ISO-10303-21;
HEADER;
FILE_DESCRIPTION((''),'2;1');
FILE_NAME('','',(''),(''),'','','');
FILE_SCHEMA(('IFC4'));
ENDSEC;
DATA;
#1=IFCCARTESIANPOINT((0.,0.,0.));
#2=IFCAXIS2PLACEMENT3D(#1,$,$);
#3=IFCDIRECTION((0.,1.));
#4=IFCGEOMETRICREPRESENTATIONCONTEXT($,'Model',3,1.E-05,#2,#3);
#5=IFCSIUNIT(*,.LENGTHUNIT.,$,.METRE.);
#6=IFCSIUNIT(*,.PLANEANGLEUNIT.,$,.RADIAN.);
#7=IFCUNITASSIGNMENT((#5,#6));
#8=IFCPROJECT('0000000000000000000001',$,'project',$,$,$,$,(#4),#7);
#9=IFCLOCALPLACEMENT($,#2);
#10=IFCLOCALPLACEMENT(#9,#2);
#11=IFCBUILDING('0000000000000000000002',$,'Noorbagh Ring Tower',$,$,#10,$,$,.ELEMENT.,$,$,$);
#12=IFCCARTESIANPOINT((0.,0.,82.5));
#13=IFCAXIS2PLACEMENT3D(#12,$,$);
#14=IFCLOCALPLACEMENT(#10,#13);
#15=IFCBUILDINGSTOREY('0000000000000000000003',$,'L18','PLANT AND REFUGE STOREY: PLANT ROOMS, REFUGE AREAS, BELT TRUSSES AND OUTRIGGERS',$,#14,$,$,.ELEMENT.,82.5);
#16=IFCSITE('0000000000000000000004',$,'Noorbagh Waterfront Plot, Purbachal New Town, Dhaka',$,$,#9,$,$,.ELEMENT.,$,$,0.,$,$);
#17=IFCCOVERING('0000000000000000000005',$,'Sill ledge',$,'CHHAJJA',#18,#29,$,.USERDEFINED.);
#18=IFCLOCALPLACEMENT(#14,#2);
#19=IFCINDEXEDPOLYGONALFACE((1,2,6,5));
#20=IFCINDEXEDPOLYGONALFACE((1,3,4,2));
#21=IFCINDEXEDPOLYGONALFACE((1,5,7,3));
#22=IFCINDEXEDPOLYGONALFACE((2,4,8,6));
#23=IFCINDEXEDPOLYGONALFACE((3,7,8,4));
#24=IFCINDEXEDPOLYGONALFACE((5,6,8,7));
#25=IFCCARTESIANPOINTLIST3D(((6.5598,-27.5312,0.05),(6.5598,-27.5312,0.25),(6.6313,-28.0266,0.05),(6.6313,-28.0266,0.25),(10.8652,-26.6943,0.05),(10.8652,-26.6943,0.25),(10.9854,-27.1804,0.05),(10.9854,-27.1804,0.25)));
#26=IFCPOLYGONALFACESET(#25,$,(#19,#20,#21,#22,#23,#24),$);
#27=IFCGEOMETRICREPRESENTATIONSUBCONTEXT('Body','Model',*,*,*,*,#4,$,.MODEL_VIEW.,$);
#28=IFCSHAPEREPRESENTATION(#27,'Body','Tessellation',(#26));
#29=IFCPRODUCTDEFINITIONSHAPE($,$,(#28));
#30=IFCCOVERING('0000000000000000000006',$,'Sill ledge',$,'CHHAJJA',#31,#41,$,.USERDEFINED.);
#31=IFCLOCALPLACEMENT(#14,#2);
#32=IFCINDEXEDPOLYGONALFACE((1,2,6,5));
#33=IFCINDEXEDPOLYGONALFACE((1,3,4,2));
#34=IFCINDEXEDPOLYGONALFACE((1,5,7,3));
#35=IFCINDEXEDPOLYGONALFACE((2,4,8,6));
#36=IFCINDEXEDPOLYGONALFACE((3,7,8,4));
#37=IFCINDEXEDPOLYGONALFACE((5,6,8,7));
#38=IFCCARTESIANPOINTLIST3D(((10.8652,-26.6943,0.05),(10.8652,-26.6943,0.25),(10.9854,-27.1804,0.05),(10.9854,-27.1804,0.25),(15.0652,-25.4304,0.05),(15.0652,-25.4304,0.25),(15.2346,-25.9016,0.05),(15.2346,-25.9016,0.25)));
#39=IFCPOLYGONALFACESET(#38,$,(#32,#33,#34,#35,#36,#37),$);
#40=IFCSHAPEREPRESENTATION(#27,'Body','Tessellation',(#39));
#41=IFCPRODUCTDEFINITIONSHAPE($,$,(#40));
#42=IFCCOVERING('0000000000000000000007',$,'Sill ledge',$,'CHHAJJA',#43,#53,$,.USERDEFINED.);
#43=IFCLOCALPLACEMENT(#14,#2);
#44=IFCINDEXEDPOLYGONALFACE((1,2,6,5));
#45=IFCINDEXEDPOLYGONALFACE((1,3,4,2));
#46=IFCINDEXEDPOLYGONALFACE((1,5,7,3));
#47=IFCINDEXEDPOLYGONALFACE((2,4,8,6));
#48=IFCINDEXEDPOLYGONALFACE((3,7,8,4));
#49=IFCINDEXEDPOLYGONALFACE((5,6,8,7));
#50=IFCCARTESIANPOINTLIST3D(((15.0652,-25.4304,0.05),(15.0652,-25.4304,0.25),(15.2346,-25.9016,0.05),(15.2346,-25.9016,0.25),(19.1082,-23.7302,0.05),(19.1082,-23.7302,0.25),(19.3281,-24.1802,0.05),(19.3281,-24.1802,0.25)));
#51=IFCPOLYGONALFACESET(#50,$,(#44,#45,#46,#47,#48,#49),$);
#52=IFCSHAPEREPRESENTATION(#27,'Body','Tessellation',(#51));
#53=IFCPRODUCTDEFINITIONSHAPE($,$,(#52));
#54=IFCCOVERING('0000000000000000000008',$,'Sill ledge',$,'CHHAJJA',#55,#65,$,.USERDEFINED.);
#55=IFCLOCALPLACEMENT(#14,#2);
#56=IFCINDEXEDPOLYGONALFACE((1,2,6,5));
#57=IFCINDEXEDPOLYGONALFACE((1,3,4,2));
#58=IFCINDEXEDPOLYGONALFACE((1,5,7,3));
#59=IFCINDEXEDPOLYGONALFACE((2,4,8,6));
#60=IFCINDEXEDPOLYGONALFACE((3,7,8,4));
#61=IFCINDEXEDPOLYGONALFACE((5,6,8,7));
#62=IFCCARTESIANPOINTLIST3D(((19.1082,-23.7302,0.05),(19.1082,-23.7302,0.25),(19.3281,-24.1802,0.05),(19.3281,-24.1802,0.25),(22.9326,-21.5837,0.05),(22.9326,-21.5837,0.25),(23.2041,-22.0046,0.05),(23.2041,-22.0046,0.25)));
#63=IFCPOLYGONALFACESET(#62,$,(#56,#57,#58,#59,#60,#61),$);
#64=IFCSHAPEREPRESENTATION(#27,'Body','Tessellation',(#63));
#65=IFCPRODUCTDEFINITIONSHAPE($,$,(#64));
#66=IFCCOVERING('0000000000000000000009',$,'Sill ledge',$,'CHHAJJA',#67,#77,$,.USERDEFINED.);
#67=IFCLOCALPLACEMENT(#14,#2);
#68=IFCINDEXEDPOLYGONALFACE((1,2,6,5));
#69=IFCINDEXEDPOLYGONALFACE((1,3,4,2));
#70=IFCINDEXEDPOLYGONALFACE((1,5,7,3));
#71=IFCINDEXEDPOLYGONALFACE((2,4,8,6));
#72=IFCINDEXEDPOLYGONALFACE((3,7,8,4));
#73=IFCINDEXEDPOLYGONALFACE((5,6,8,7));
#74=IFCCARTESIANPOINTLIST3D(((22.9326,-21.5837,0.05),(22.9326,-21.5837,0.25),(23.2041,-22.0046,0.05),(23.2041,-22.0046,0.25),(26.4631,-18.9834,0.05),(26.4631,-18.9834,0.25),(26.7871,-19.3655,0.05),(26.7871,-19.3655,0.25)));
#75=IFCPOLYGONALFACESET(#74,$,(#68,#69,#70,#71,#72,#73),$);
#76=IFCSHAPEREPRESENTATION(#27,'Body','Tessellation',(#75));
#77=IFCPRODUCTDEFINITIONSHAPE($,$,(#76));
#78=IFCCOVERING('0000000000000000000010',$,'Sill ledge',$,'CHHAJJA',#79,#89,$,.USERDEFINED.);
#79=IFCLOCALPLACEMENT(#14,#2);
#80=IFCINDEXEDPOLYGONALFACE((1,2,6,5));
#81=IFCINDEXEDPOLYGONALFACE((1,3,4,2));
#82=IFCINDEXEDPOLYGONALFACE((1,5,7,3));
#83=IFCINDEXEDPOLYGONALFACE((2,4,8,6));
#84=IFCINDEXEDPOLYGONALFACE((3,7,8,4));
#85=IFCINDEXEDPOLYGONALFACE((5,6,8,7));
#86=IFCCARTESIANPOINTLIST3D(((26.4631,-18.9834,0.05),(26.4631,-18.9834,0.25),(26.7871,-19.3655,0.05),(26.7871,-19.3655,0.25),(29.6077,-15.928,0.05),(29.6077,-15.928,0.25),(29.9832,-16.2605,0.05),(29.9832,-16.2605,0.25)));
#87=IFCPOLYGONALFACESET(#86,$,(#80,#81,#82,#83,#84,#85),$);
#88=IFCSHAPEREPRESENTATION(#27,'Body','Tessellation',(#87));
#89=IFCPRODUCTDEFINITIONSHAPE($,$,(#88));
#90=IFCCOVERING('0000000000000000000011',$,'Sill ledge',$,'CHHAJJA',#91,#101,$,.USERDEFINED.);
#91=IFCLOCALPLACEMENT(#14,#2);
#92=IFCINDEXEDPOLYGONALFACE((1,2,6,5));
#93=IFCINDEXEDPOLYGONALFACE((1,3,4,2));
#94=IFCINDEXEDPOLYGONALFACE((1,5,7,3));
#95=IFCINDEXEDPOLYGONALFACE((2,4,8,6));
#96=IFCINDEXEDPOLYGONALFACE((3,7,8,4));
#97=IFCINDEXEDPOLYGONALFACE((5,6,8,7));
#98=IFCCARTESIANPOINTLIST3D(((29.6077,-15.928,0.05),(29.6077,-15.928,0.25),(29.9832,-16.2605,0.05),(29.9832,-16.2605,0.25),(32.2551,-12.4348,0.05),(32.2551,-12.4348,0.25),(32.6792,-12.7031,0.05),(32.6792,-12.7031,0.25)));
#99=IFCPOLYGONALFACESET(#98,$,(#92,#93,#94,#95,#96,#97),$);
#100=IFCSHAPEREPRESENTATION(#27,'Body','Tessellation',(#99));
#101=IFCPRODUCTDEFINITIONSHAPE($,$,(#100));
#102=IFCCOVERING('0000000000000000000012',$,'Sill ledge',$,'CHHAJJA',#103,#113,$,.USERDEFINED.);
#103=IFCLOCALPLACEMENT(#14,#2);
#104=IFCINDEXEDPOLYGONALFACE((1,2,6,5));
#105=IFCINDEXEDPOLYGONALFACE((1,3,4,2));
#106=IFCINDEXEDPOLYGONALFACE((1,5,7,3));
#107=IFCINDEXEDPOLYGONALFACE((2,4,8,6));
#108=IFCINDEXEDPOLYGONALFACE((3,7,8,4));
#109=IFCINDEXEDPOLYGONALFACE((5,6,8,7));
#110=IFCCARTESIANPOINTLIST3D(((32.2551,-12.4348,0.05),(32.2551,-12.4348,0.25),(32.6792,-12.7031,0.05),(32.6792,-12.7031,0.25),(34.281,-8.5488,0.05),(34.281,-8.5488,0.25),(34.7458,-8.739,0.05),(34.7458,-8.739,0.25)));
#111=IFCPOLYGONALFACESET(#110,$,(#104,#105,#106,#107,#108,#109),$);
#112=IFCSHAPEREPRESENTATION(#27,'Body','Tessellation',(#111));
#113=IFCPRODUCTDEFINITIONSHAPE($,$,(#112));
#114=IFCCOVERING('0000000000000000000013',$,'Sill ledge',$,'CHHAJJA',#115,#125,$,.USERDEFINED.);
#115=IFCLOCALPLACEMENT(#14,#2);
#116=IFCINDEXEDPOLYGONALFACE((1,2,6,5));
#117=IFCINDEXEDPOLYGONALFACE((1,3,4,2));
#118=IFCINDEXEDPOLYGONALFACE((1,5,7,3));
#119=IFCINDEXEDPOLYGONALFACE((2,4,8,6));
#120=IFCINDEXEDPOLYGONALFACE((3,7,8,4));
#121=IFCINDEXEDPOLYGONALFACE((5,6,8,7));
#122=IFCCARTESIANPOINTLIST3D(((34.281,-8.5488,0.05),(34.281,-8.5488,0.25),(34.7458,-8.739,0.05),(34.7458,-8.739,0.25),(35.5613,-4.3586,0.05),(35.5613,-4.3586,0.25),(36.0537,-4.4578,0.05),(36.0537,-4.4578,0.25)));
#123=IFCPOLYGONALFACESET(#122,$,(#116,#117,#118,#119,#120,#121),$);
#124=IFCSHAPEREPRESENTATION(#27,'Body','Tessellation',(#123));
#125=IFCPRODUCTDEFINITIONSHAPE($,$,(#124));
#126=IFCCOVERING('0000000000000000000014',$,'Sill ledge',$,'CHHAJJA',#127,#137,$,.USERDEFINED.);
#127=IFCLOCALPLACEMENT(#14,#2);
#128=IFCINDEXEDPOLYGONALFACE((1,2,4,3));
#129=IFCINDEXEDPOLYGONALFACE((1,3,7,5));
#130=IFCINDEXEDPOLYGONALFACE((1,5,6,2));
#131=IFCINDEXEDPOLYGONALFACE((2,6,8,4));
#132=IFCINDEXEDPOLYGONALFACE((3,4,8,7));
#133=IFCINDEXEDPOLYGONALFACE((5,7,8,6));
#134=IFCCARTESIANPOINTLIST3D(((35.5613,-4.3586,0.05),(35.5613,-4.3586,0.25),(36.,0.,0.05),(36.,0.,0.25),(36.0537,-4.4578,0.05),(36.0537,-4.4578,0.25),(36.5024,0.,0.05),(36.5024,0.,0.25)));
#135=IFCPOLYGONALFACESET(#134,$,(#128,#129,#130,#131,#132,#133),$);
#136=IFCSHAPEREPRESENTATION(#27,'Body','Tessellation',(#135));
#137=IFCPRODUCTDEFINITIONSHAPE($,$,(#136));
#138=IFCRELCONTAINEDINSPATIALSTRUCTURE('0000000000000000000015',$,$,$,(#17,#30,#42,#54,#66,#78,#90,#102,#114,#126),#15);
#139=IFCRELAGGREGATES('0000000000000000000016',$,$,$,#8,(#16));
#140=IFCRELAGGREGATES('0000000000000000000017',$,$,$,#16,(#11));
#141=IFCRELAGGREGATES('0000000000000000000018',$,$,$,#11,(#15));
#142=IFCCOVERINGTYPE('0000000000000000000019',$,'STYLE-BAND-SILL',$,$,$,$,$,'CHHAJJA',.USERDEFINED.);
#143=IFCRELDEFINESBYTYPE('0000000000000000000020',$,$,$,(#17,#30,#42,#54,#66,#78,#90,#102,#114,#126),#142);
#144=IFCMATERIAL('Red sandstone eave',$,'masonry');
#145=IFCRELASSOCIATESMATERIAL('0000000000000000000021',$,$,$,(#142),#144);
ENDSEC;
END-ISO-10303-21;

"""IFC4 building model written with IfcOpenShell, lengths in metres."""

from ifc_helpers import new_model, si_unit, direction, frame, origin, place, context, subcontext, project, spatial, polyline, outline, extrude, material, type_object, element, save


model = new_model("IFC4")

# Units and contexts
model_context = context("Model", 3, precision=1e-05, world=origin(), true_north=direction((0.0, 1.0)))
body_context = subcontext(model_context, "Body", "Model", "MODEL_VIEW")
ifc_project = project(units=[si_unit("LENGTHUNIT", "METRE"), si_unit("PLANEANGLEUNIT", "RADIAN")], contexts=[model_context])

# Site, building, storey
site_placement = place(None, origin())
site = spatial("IfcSite", under=ifc_project, at=site_placement, Name="Noorbagh Waterfront Plot, Purbachal New Town, Dhaka", CompositionType="ELEMENT", RefElevation=0.0)
building_placement = place(site_placement, origin())
building = spatial("IfcBuilding", under=site, at=building_placement, Name="Noorbagh Ring Tower", CompositionType="ELEMENT")
storey_placement = place(building_placement, frame((0.0, 0.0, 82.5)))
storey = spatial("IfcBuildingStorey", under=building, at=storey_placement, Name="L18", Description="PLANT AND REFUGE STOREY: PLANT ROOMS, REFUGE AREAS, BELT TRUSSES AND OUTRIGGERS", CompositionType="ELEMENT", Elevation=82.5)

# Coverings
ifc_material_1 = material(Name="Red sandstone eave", Category="masonry")
covering_type_1 = type_object("IfcCoveringType", Name="STYLE-BAND-SILL", ElementType="CHHAJJA", PredefinedType="USERDEFINED", material=ifc_material_1)
covering_1_placement = place(storey_placement, frame((0.0, 0.0, 0.05)))
element("IfcCovering", 1, at=covering_1_placement, inside=storey, type_object=covering_type_1, Name="Sill ledge", ObjectType="CHHAJJA", PredefinedType="USERDEFINED", context=body_context, shape_type="SweptSolid", body=[
    extrude(outline(polyline([(6.5598, -27.5312), (10.8652, -26.6943), (10.9854, -27.1804), (6.6313, -28.0266), (6.5598, -27.5312)])), origin(), (0.0, 0.0, 1.0), 0.2),
])
covering_2_placement = place(storey_placement, frame((0.0, 0.0, 0.05)))
element("IfcCovering", 2, at=covering_2_placement, inside=storey, type_object=covering_type_1, Name="Sill ledge", ObjectType="CHHAJJA", PredefinedType="USERDEFINED", context=body_context, shape_type="SweptSolid", body=[
    extrude(outline(polyline([(10.8652, -26.6943), (15.0652, -25.4304), (15.2346, -25.9016), (10.9854, -27.1804), (10.8652, -26.6943)])), origin(), (0.0, 0.0, 1.0), 0.2),
])
covering_3_placement = place(storey_placement, frame((0.0, 0.0, 0.05)))
element("IfcCovering", 3, at=covering_3_placement, inside=storey, type_object=covering_type_1, Name="Sill ledge", ObjectType="CHHAJJA", PredefinedType="USERDEFINED", context=body_context, shape_type="SweptSolid", body=[
    extrude(outline(polyline([(15.0652, -25.4304), (19.1082, -23.7302), (19.3281, -24.1802), (15.2346, -25.9016), (15.0652, -25.4304)])), origin(), (0.0, 0.0, 1.0), 0.2),
])
covering_4_placement = place(storey_placement, frame((0.0, 0.0, 0.05)))
element("IfcCovering", 4, at=covering_4_placement, inside=storey, type_object=covering_type_1, Name="Sill ledge", ObjectType="CHHAJJA", PredefinedType="USERDEFINED", context=body_context, shape_type="SweptSolid", body=[
    extrude(outline(polyline([(19.1082, -23.7302), (22.9326, -21.5837), (23.2041, -22.0046), (19.3281, -24.1802), (19.1082, -23.7302)])), origin(), (0.0, 0.0, 1.0), 0.2),
])
covering_5_placement = place(storey_placement, frame((0.0, 0.0, 0.05)))
element("IfcCovering", 5, at=covering_5_placement, inside=storey, type_object=covering_type_1, Name="Sill ledge", ObjectType="CHHAJJA", PredefinedType="USERDEFINED", context=body_context, shape_type="SweptSolid", body=[
    extrude(outline(polyline([(22.9326, -21.5837), (26.4631, -18.9834), (26.7871, -19.3655), (23.2041, -22.0046), (22.9326, -21.5837)])), origin(), (0.0, 0.0, 1.0), 0.2),
])
covering_6_placement = place(storey_placement, frame((0.0, 0.0, 0.05)))
element("IfcCovering", 6, at=covering_6_placement, inside=storey, type_object=covering_type_1, Name="Sill ledge", ObjectType="CHHAJJA", PredefinedType="USERDEFINED", context=body_context, shape_type="SweptSolid", body=[
    extrude(outline(polyline([(26.4631, -18.9834), (29.6077, -15.928), (29.9832, -16.2605), (26.7871, -19.3655), (26.4631, -18.9834)])), origin(), (0.0, 0.0, 1.0), 0.2),
])
covering_7_placement = place(storey_placement, frame((0.0, 0.0, 0.05)))
element("IfcCovering", 7, at=covering_7_placement, inside=storey, type_object=covering_type_1, Name="Sill ledge", ObjectType="CHHAJJA", PredefinedType="USERDEFINED", context=body_context, shape_type="SweptSolid", body=[
    extrude(outline(polyline([(29.6077, -15.928), (32.2551, -12.4348), (32.6792, -12.7031), (29.9832, -16.2605), (29.6077, -15.928)])), origin(), (0.0, 0.0, 1.0), 0.2),
])
covering_8_placement = place(storey_placement, frame((0.0, 0.0, 0.05)))
element("IfcCovering", 8, at=covering_8_placement, inside=storey, type_object=covering_type_1, Name="Sill ledge", ObjectType="CHHAJJA", PredefinedType="USERDEFINED", context=body_context, shape_type="SweptSolid", body=[
    extrude(outline(polyline([(32.2551, -12.4348), (34.281, -8.5488), (34.7458, -8.739), (32.6792, -12.7031), (32.2551, -12.4348)])), origin(), (0.0, 0.0, 1.0), 0.2),
])
covering_9_placement = place(storey_placement, frame((0.0, 0.0, 0.05)))
element("IfcCovering", 9, at=covering_9_placement, inside=storey, type_object=covering_type_1, Name="Sill ledge", ObjectType="CHHAJJA", PredefinedType="USERDEFINED", context=body_context, shape_type="SweptSolid", body=[
    extrude(outline(polyline([(34.281, -8.5488), (35.5613, -4.3586), (36.0537, -4.4578), (34.7458, -8.739), (34.281, -8.5488)])), origin(), (0.0, 0.0, 1.0), 0.2),
])
covering_10_placement = place(storey_placement, frame((0.0, 0.0, 0.05)))
element("IfcCovering", 10, at=covering_10_placement, inside=storey, type_object=covering_type_1, Name="Sill ledge", ObjectType="CHHAJJA", PredefinedType="USERDEFINED", context=body_context, shape_type="SweptSolid", body=[
    extrude(outline(polyline([(35.5613, -4.3586), (36.0, 0.0), (36.5024, 0.0), (36.0537, -4.4578), (35.5613, -4.3586)])), origin(), (0.0, 0.0, 1.0), 0.2),
])

save(model, "model.ifc")
